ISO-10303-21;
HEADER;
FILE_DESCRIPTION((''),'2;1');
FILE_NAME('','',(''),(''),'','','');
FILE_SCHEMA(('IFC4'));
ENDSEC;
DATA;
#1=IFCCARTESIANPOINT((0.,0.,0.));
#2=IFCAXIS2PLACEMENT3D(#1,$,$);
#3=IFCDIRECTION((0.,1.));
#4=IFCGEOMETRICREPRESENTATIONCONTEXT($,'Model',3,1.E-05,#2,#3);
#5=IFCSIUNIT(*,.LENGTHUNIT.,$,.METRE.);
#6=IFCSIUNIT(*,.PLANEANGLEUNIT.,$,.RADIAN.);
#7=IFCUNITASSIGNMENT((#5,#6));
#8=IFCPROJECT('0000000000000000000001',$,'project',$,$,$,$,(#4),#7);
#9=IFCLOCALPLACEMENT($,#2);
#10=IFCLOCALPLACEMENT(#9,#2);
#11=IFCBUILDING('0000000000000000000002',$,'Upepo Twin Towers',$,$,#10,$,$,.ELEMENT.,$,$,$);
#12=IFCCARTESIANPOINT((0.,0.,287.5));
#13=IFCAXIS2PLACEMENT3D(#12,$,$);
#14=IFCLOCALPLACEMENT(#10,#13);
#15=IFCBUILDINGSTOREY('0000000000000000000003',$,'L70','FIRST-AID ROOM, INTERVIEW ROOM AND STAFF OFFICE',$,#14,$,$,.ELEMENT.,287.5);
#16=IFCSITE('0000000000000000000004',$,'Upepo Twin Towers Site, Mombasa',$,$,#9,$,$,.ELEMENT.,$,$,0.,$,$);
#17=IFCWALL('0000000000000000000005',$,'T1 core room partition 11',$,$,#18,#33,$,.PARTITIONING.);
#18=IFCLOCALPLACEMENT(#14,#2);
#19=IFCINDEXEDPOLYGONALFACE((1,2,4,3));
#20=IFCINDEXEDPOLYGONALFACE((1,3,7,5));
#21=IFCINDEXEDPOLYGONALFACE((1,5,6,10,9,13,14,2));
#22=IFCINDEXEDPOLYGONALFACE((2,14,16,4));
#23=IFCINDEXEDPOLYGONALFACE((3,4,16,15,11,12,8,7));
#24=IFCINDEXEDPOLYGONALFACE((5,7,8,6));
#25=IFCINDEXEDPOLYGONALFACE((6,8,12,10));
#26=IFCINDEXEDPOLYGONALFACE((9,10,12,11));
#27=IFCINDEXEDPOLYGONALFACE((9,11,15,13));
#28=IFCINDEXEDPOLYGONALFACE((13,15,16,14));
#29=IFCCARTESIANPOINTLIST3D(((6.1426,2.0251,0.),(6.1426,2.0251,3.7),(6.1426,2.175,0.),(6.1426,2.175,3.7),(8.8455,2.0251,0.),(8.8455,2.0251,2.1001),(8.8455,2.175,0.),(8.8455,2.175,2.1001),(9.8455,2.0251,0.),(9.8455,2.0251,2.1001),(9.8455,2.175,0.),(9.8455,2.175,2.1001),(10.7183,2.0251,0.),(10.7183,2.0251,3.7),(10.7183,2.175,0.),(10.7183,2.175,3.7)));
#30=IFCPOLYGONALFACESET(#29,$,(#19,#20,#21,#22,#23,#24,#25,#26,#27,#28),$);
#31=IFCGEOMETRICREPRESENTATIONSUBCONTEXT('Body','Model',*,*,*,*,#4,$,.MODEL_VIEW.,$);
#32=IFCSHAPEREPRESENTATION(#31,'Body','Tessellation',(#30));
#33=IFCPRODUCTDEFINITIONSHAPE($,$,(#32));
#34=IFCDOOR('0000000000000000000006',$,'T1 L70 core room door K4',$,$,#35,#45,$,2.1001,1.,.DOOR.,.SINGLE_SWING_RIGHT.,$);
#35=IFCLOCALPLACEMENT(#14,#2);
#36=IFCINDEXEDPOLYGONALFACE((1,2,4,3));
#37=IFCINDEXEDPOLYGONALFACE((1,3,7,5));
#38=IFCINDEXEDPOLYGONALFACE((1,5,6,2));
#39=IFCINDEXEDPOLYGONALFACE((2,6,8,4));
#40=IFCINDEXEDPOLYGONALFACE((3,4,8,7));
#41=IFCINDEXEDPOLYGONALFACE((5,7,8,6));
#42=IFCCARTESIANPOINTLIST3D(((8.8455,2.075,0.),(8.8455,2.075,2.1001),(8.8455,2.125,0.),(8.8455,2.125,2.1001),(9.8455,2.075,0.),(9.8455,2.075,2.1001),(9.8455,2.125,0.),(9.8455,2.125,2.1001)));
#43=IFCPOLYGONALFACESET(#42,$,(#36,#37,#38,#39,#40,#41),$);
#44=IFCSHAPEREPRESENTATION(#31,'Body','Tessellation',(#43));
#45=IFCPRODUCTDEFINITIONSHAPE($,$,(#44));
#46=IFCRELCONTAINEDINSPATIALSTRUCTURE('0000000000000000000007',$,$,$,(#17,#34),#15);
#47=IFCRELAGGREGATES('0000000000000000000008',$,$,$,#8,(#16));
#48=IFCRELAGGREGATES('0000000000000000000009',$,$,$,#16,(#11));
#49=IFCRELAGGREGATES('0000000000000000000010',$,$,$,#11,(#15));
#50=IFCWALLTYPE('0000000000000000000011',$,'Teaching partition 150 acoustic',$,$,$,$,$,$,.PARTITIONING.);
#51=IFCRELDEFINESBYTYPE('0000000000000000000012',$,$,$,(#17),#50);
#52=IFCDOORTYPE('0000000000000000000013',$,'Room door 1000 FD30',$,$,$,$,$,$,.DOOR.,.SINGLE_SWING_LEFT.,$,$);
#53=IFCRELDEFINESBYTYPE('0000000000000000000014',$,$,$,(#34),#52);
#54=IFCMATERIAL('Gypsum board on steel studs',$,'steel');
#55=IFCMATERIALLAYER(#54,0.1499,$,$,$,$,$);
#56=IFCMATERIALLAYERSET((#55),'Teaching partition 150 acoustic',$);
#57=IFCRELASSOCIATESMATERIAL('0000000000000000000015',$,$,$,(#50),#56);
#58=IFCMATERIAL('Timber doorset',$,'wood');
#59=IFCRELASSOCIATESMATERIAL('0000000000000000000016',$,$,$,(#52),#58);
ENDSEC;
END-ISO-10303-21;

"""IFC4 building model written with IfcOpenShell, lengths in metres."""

from ifc_helpers import new_model, si_unit, direction, frame, frame_2d, origin, place, context, subcontext, project, spatial, rectangle, extrude, material, layer, layer_set, type_object, element, fill, save


model = new_model("IFC4")

# Units and contexts
model_context = context("Model", 3, precision=1e-05, world=origin(), true_north=direction((0.0, 1.0)))
body_context = subcontext(model_context, "Body", "Model", "MODEL_VIEW")
ifc_project = project(units=[si_unit("LENGTHUNIT", "METRE"), si_unit("PLANEANGLEUNIT", "RADIAN")], contexts=[model_context])

# Site, building, storey
site_placement = place(None, origin())
site = spatial("IfcSite", under=ifc_project, at=site_placement, Name="Upepo Twin Towers Site, Mombasa", CompositionType="ELEMENT", RefElevation=0.0)
building_placement = place(site_placement, origin())
building = spatial("IfcBuilding", under=site, at=building_placement, Name="Upepo Twin Towers", CompositionType="ELEMENT")
storey_placement = place(building_placement, frame((0.0, 0.0, 287.5)))
storey = spatial("IfcBuildingStorey", under=building, at=storey_placement, Name="L70", Description="FIRST-AID ROOM, INTERVIEW ROOM AND STAFF OFFICE", CompositionType="ELEMENT", Elevation=287.5)

# Shared definitions
ifc_material_1 = material(Name="Gypsum board on steel studs", Category="steel")
ifc_layer_1 = layer(ifc_material_1, 0.1499)
ifc_layer_set_1 = layer_set([ifc_layer_1], Name="Teaching partition 150 acoustic")
wall_type_1 = type_object("IfcWallType", Name="Teaching partition 150 acoustic", PredefinedType="PARTITIONING", material=ifc_layer_set_1)

# Wall, opening, door
wall_1_placement = place(storey_placement, frame((6.1426, 2.1001, 0.0), z_axis=(0.0, 0.0, 1.0), x_axis=(1.0, 0.0, 0.0)))
wall_1 = element("IfcWall", 1, at=wall_1_placement, inside=storey, type_object=wall_type_1, Name="T1 core room partition 11", PredefinedType="PARTITIONING", context=body_context, shape_type="SweptSolid", body=[
    extrude(rectangle(XDim=4.5757, YDim=0.1499, at=frame_2d((2.2878, 0.0))), origin(), (0.0, 0.0, 1.0), 3.7),
])
opening_1_placement = place(wall_1_placement, frame((2.7029, 0.0, 0.0)))
opening_1 = element("IfcOpeningElement", 2, at=opening_1_placement, cuts=wall_1, PredefinedType="OPENING", context=body_context, shape_type="SweptSolid", body=[
    extrude(rectangle(XDim=1.0, YDim=2.1001, at=frame_2d((0.5, 1.05))), frame((0.0, 0.085, 0.0), z_axis=(0.0, -1.0, 0.0), x_axis=(1.0, 0.0, 0.0)), (0.0, 0.0, 1.0), 0.1699),
])
ifc_material_2 = material(Name="Timber doorset", Category="wood")
door_type_1 = type_object("IfcDoorType", Name="Room door 1000 FD30", OperationType="SINGLE_SWING_LEFT", PredefinedType="DOOR", material=ifc_material_2)
door_1_placement = place(opening_1_placement, origin())
door_1 = element("IfcDoor", 3, at=door_1_placement, inside=storey, type_object=door_type_1, Name="T1 L70 core room door K4", OperationType="SINGLE_SWING_RIGHT", OverallHeight=2.1001, OverallWidth=1.0, PredefinedType="DOOR", context=body_context, shape_type="SweptSolid", body=[
    extrude(rectangle(XDim=1.0, YDim=2.1001, at=frame_2d((0.5, 1.05))), frame((0.0, 0.0249, 0.0), z_axis=(0.0, -1.0, 0.0), x_axis=(1.0, 0.0, 0.0)), (0.0, 0.0, 1.0), 0.05),
])
fill(opening_1, door_1)

save(model, "model.ifc")
